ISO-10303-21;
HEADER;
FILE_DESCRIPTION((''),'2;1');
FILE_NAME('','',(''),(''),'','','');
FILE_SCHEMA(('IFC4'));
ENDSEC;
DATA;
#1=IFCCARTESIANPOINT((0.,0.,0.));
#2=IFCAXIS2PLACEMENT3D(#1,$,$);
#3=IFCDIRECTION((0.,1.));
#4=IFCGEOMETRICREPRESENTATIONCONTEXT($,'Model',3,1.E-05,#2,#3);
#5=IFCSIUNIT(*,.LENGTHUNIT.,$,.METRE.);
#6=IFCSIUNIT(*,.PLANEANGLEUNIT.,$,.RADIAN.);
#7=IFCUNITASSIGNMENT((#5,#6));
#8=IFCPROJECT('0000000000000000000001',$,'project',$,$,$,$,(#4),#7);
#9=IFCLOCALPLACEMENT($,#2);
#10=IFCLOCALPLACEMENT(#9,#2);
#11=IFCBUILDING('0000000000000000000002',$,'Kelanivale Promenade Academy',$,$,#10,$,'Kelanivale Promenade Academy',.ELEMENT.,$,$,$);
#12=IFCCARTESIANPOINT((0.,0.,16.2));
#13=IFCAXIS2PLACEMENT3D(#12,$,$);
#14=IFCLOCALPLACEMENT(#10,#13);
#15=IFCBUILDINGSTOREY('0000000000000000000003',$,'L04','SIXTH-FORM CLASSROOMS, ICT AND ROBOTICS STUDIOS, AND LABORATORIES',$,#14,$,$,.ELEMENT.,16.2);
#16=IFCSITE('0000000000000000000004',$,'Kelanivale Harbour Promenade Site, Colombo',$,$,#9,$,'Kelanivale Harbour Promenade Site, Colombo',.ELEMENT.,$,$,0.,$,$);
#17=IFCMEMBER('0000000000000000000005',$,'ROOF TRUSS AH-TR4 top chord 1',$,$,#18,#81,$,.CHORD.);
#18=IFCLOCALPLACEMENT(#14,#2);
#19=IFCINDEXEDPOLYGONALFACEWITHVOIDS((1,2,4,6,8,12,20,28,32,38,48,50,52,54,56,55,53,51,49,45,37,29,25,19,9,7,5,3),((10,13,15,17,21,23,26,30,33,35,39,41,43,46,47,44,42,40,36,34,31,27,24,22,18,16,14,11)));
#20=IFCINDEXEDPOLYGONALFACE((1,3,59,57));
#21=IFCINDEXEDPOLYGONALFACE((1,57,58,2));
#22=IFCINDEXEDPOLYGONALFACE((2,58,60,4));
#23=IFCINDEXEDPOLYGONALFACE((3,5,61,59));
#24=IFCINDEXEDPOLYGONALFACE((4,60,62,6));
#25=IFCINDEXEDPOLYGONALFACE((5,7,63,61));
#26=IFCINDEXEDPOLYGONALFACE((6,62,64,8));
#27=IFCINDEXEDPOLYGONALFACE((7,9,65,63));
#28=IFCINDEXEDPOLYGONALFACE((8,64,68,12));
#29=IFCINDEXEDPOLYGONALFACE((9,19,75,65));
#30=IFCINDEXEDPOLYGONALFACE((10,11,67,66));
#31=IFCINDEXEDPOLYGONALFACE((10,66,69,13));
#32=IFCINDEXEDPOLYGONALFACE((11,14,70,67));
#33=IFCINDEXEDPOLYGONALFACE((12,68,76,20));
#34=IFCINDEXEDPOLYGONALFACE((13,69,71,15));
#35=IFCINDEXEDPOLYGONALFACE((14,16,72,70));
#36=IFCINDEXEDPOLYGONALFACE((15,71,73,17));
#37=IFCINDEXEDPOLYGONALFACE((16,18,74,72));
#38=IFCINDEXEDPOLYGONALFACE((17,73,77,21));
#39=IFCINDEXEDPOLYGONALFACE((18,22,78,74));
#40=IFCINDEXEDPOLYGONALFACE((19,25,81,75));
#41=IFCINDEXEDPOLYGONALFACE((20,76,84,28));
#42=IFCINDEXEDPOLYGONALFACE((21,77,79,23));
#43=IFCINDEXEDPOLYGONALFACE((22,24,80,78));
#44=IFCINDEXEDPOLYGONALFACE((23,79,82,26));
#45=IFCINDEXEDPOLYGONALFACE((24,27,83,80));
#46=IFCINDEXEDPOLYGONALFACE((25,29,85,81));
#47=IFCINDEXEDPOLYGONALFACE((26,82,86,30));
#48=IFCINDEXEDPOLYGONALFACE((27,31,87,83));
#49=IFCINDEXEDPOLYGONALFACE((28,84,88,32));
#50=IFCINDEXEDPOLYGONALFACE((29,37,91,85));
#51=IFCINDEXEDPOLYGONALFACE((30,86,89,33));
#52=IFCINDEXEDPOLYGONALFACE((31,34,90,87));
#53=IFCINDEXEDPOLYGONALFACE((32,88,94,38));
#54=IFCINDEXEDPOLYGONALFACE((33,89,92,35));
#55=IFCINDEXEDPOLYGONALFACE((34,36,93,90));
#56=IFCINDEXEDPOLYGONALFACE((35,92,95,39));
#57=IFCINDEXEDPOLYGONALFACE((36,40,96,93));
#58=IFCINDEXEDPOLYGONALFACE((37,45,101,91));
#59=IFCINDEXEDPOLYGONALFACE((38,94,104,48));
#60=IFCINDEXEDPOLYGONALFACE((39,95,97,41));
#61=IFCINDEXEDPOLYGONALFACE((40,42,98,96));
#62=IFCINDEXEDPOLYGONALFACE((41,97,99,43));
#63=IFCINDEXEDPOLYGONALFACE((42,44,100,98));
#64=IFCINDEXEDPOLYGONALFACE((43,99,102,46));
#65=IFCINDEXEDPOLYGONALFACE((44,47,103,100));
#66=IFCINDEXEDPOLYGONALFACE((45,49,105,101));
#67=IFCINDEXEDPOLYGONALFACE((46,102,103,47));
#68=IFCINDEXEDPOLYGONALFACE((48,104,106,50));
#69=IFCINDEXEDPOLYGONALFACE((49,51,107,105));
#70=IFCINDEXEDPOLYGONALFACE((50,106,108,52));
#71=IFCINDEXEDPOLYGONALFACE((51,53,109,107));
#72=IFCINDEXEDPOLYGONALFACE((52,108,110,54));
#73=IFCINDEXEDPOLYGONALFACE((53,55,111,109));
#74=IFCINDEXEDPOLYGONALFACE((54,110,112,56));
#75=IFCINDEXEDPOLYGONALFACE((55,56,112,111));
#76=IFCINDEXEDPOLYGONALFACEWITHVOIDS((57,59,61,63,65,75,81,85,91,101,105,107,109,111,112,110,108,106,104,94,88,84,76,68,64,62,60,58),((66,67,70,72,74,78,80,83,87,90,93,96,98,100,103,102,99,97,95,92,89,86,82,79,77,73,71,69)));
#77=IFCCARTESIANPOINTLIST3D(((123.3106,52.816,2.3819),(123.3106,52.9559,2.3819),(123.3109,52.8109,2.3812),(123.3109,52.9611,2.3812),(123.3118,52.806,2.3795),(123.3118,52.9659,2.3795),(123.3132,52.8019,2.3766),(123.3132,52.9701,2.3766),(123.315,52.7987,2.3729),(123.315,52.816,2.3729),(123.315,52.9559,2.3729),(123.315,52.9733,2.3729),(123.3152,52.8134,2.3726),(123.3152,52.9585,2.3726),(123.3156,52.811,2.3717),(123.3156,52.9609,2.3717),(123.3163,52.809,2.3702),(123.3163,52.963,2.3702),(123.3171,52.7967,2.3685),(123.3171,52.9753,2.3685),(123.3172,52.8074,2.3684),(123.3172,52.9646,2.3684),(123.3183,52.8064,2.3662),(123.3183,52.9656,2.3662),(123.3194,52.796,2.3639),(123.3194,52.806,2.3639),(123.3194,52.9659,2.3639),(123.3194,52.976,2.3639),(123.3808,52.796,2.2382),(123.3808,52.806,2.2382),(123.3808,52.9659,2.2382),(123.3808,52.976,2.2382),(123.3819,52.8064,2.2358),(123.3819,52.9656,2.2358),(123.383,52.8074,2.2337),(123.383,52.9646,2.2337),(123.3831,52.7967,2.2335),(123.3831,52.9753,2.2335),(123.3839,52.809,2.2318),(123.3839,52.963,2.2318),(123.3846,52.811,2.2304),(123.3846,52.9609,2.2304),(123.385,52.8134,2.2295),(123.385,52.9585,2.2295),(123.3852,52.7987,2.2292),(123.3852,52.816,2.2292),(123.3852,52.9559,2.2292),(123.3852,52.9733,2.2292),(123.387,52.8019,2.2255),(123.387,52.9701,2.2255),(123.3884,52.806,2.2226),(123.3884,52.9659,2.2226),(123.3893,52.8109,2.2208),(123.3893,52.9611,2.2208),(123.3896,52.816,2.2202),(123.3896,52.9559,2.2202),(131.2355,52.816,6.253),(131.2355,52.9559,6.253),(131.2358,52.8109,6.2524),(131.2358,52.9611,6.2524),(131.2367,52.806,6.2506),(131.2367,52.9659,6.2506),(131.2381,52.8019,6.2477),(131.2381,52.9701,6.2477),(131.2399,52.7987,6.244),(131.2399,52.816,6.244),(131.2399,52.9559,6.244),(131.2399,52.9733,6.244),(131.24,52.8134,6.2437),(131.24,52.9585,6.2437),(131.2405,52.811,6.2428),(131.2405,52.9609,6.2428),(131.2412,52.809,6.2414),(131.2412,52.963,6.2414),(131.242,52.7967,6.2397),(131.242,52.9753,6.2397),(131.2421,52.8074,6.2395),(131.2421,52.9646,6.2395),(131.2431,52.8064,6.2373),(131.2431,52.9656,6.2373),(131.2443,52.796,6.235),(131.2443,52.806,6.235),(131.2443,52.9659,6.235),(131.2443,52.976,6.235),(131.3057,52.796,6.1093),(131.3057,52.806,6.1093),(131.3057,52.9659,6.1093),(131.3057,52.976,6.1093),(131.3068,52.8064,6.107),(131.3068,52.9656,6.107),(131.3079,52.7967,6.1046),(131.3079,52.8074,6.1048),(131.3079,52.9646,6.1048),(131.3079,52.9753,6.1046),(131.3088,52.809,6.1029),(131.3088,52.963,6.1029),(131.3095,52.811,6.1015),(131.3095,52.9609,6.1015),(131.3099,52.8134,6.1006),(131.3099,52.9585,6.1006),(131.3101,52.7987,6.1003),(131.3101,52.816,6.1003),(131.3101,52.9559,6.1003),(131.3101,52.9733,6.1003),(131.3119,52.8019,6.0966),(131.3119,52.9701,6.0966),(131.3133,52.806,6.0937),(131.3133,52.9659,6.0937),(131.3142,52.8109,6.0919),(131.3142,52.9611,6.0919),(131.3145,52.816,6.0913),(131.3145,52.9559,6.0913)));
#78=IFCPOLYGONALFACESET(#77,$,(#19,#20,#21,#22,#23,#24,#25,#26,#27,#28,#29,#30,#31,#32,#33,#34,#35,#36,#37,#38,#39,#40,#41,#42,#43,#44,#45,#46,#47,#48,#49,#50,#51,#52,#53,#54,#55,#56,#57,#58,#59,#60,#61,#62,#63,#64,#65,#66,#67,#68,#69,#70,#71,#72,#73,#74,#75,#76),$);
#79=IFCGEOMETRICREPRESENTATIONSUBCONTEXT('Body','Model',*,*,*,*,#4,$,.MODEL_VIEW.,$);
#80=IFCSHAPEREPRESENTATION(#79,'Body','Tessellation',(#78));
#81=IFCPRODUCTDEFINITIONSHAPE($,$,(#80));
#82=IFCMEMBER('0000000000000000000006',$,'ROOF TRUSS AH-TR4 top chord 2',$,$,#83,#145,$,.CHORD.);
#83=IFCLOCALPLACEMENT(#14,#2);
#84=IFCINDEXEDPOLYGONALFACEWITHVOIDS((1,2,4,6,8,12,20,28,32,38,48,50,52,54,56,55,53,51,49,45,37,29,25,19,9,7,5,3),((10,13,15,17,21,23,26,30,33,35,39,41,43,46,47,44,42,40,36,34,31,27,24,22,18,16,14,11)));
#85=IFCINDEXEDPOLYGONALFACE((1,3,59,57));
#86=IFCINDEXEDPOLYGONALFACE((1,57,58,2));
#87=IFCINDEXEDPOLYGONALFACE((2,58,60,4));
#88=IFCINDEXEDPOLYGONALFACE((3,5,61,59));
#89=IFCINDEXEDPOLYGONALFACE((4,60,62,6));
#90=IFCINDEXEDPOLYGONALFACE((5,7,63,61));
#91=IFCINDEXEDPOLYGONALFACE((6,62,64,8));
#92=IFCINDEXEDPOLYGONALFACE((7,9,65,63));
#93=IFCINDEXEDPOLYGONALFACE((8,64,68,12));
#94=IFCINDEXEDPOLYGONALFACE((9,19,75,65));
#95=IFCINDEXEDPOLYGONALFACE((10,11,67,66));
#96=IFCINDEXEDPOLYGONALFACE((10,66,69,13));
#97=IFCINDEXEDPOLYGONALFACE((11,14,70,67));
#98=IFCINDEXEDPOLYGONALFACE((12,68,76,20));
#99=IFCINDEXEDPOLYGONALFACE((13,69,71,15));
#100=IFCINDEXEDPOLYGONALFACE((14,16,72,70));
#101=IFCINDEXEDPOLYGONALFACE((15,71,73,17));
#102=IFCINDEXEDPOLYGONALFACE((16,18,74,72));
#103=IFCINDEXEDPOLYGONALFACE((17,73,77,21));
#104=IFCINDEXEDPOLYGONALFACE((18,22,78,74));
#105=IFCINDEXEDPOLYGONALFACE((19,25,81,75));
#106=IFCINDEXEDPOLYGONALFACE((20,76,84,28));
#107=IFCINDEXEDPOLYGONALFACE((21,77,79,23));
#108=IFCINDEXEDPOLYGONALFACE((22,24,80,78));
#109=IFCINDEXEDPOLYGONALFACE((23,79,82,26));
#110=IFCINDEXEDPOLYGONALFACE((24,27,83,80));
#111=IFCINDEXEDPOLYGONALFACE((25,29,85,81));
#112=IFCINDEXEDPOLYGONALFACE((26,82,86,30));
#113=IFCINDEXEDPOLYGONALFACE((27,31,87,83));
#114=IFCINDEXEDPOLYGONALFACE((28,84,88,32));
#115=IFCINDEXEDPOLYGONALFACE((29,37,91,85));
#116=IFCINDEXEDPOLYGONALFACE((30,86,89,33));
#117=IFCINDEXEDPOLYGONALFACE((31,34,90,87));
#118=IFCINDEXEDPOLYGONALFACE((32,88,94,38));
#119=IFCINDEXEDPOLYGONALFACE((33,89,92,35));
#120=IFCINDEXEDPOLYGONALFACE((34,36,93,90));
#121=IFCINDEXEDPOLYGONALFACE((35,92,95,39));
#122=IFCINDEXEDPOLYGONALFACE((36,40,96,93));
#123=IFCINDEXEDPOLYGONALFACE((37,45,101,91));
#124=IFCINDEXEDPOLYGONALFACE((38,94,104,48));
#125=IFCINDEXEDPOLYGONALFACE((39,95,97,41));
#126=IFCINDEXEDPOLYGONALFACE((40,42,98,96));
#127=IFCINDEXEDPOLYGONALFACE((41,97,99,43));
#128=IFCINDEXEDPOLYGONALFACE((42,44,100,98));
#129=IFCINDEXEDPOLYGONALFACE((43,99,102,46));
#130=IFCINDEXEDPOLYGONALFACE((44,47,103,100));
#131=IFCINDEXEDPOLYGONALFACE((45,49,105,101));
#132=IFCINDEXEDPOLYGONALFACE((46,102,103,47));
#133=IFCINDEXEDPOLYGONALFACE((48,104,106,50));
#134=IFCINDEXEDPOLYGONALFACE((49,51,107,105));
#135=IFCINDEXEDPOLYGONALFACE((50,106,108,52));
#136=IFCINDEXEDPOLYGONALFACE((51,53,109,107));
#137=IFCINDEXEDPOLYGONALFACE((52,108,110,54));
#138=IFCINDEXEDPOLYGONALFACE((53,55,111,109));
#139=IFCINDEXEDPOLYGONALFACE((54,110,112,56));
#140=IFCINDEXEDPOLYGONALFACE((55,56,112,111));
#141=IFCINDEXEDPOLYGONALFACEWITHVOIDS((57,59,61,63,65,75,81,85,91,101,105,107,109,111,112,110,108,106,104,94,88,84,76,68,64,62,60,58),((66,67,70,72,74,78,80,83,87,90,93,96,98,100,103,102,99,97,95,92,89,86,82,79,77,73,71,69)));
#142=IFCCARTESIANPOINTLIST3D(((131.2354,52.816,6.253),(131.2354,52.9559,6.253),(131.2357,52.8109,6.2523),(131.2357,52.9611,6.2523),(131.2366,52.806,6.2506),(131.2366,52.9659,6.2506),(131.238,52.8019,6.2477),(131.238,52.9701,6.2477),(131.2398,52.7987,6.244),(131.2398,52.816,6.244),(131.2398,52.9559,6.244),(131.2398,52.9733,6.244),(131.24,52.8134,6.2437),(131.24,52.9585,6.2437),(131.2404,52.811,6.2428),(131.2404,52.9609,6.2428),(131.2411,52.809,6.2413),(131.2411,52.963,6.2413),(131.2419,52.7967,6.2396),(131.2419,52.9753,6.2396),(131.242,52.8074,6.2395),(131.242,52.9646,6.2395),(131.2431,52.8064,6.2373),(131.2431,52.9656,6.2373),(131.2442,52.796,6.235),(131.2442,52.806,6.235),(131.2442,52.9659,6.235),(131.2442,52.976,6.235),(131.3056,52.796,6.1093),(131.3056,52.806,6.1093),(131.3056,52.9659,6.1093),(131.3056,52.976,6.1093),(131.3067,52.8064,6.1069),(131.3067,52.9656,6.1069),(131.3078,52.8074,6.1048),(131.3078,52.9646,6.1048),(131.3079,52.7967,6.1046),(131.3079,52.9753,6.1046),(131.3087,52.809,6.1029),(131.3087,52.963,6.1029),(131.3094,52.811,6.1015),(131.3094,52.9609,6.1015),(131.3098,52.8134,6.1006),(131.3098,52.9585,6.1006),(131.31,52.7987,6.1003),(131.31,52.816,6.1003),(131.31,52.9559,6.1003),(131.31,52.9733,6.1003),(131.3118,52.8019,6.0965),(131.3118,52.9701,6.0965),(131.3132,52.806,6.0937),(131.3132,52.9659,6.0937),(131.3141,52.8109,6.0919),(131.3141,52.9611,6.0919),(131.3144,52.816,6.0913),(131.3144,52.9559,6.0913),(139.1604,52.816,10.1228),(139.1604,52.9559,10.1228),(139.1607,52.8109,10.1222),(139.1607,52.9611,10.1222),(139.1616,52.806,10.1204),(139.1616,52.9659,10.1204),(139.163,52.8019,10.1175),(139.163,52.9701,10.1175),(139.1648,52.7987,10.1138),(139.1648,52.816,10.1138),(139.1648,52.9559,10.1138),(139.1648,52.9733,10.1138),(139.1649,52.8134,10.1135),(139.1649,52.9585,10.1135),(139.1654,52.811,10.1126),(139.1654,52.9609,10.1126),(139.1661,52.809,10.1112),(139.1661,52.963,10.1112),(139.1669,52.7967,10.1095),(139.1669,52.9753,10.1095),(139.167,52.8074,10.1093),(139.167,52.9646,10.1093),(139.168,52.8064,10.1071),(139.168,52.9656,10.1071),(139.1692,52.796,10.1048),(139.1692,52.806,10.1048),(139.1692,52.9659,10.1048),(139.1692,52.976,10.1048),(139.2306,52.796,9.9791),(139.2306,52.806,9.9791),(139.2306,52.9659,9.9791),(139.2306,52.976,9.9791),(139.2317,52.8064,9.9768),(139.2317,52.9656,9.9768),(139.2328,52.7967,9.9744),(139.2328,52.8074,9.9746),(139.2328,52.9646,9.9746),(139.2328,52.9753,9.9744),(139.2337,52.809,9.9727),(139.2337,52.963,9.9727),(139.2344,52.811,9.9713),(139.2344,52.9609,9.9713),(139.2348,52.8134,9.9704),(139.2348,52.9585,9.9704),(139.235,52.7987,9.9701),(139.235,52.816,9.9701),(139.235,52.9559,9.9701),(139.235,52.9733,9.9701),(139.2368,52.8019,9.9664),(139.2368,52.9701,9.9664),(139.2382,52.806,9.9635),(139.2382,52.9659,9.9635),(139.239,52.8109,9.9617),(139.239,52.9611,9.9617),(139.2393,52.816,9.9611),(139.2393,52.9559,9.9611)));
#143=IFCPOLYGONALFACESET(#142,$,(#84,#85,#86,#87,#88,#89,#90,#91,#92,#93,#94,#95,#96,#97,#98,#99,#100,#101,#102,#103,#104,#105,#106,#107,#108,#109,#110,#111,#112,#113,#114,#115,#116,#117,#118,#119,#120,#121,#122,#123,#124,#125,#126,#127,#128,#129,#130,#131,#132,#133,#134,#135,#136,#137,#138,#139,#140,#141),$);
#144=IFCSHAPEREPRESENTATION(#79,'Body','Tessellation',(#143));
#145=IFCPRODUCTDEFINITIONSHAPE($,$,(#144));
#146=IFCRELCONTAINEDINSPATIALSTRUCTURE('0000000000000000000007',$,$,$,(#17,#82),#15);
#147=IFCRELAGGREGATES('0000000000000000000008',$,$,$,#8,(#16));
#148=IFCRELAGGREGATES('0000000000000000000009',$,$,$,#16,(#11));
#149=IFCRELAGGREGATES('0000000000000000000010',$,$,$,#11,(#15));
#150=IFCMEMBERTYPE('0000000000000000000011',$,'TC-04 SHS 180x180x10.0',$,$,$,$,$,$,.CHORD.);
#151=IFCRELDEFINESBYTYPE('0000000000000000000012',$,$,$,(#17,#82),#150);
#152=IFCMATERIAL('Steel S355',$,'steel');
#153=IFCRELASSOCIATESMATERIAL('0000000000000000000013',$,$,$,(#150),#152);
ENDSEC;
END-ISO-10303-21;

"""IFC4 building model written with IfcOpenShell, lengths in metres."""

from ifc_helpers import new_model, si_unit, direction, frame, origin, origin_2d, place, context, subcontext, project, spatial, hollow_rectangle, extrude, material, material_profile, profile_set, type_object, element, save


model = new_model("IFC4")

# Units and contexts
model_context = context("Model", 3, precision=1e-05, world=origin(), true_north=direction((0.0, 1.0)))
body_context = subcontext(model_context, "Body", "Model", "MODEL_VIEW")
ifc_project = project(units=[si_unit("LENGTHUNIT", "METRE"), si_unit("PLANEANGLEUNIT", "RADIAN")], contexts=[model_context])

# Site, building, storey
site_placement = place(None, origin())
site = spatial("IfcSite", under=ifc_project, at=site_placement, Name="Kelanivale Harbour Promenade Site, Colombo", LongName="Kelanivale Harbour Promenade Site, Colombo", CompositionType="ELEMENT", RefElevation=0.0)
building_placement = place(site_placement, origin())
building = spatial("IfcBuilding", under=site, at=building_placement, Name="Kelanivale Promenade Academy", LongName="Kelanivale Promenade Academy", CompositionType="ELEMENT")
storey_placement = place(building_placement, frame((0.0, 0.0, 16.2)))
storey = spatial("IfcBuildingStorey", under=building, at=storey_placement, Name="L04", Description="SIXTH-FORM CLASSROOMS, ICT AND ROBOTICS STUDIOS, AND LABORATORIES", CompositionType="ELEMENT", Elevation=16.2)

# Shared definitions
ifc_material_1 = material(Name="Steel S355", Category="steel")

# Members
ifc_material_profile_1 = material_profile(ifc_material_1, hollow_rectangle(XDim=0.1799, YDim=0.1799, WallThickness=0.01, InnerFilletRadius=0.01, OuterFilletRadius=0.02, at=origin_2d()), Name="SHS 180x180x10.0")
ifc_profile_set_1 = profile_set([ifc_material_profile_1], Name="Steel S355")
member_type_1 = type_object("IfcMemberType", Name="TC-04 SHS 180x180x10.0", PredefinedType="CHORD", material=ifc_profile_set_1)
member_1_placement = place(storey_placement, frame((123.3501, 52.886, 2.301), z_axis=(0.89853, 0.0, 0.438912), x_axis=(0.0, 1.0, 0.0)))
element("IfcMember", 1, at=member_1_placement, inside=storey, type_object=member_type_1, Name="ROOF TRUSS AH-TR4 top chord 1", PredefinedType="CHORD", context=body_context, shape_type="SweptSolid", body=[
    extrude(hollow_rectangle(XDim=0.1799, YDim=0.1799, WallThickness=0.01, InnerFilletRadius=0.01, OuterFilletRadius=0.02, at=origin_2d()), origin(), (0.0, 0.0, 1.0), 8.8198),
])
member_2_placement = place(storey_placement, frame((131.2749, 52.886, 6.1721), z_axis=(0.89859, 0.0, 0.43879), x_axis=(0.0, 1.0, 0.0)))
element("IfcMember", 2, at=member_2_placement, inside=storey, type_object=member_type_1, Name="ROOF TRUSS AH-TR4 top chord 2", PredefinedType="CHORD", context=body_context, shape_type="SweptSolid", body=[
    extrude(hollow_rectangle(XDim=0.1799, YDim=0.1799, WallThickness=0.01, InnerFilletRadius=0.01, OuterFilletRadius=0.02, at=origin_2d()), origin(), (0.0, 0.0, 1.0), 8.8193),
])

save(model, "model.ifc")
